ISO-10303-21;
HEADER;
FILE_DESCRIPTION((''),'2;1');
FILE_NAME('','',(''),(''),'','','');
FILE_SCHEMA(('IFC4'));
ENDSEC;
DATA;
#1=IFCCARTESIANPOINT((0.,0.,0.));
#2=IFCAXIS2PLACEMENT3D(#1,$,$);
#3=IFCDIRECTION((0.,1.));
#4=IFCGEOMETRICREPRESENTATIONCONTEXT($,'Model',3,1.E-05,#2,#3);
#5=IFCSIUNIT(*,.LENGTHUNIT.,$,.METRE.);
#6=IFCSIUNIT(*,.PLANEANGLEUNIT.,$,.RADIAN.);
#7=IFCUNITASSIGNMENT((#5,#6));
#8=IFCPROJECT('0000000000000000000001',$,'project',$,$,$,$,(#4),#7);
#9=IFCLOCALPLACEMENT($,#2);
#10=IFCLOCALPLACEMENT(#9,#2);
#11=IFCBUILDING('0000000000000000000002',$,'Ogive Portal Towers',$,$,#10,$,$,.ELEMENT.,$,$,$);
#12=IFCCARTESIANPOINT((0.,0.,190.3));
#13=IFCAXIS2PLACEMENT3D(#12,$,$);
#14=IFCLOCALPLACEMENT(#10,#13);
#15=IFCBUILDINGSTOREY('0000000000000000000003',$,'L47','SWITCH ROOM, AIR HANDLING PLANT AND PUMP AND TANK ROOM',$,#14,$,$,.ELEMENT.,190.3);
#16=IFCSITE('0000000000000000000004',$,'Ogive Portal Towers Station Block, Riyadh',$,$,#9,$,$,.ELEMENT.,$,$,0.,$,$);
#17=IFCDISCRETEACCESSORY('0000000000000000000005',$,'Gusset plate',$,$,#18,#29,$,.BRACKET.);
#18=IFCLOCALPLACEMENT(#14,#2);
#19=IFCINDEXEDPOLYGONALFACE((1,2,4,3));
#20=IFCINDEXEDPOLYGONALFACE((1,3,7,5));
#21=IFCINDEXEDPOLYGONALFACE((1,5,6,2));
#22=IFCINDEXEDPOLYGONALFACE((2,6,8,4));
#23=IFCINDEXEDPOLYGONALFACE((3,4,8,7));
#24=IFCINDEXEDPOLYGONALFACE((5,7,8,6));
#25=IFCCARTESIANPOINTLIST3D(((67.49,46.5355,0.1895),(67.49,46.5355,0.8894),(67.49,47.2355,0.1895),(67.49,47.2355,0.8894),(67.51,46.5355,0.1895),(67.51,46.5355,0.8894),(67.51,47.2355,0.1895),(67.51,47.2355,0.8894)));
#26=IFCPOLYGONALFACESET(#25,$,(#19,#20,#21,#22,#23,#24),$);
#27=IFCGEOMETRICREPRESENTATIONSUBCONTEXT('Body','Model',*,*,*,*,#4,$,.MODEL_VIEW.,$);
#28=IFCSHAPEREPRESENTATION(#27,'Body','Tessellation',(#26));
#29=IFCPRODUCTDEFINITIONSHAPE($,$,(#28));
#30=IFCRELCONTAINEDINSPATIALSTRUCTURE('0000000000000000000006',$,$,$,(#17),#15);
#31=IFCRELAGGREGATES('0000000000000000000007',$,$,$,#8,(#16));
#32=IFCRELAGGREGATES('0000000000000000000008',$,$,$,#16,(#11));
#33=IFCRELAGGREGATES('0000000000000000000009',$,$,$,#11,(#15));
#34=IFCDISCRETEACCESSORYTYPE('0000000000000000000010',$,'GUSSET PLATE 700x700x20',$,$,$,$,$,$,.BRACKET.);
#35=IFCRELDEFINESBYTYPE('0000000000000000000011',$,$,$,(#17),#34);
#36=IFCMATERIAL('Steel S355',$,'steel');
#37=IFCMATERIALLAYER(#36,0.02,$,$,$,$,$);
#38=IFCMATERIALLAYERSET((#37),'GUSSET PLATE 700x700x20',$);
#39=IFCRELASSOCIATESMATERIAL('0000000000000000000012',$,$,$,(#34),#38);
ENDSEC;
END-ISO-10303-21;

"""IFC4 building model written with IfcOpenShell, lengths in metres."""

from ifc_helpers import new_model, si_unit, direction, frame, origin, origin_2d, place, context, subcontext, project, spatial, rectangle, extrude, material, layer, layer_set, type_object, element, save


model = new_model("IFC4")

# Units and contexts
model_context = context("Model", 3, precision=1e-05, world=origin(), true_north=direction((0.0, 1.0)))
body_context = subcontext(model_context, "Body", "Model", "MODEL_VIEW")
ifc_project = project(units=[si_unit("LENGTHUNIT", "METRE"), si_unit("PLANEANGLEUNIT", "RADIAN")], contexts=[model_context])

# Site, building, storey
site_placement = place(None, origin())
site = spatial("IfcSite", under=ifc_project, at=site_placement, Name="Ogive Portal Towers Station Block, Riyadh", CompositionType="ELEMENT", RefElevation=0.0)
building_placement = place(site_placement, origin())
building = spatial("IfcBuilding", under=site, at=building_placement, Name="Ogive Portal Towers", CompositionType="ELEMENT")
storey_placement = place(building_placement, frame((0.0, 0.0, 190.3)))
storey = spatial("IfcBuildingStorey", under=building, at=storey_placement, Name="L47", Description="SWITCH ROOM, AIR HANDLING PLANT AND PUMP AND TANK ROOM", CompositionType="ELEMENT", Elevation=190.3)

# Shared definitions
ifc_material_1 = material(Name="Steel S355", Category="steel")

# Discrete accessory
ifc_layer_1 = layer(ifc_material_1, 0.02)
ifc_layer_set_1 = layer_set([ifc_layer_1], Name="GUSSET PLATE 700x700x20")
discrete_accessory_type_1 = type_object("IfcDiscreteAccessoryType", Name="GUSSET PLATE 700x700x20", PredefinedType="BRACKET", material=ifc_layer_set_1)
for number, where, z_axis, x_axis, name in (
    (1, (67.5, 46.8855, 0.1895), (0.0, 0.0, 1.0), (0.0, 1.0, 0.0), "Gusset plate"),
):
    element("IfcDiscreteAccessory", number, at=place(storey_placement, frame(where, z_axis=z_axis, x_axis=x_axis)), inside=storey, type_object=discrete_accessory_type_1, Name=name, PredefinedType="BRACKET", context=body_context, shape_type="SweptSolid", body=[
        extrude(rectangle(XDim=0.7, YDim=0.02, at=origin_2d()), origin(), (0.0, 0.0, 1.0), 0.7),
    ])

save(model, "model.ifc")
